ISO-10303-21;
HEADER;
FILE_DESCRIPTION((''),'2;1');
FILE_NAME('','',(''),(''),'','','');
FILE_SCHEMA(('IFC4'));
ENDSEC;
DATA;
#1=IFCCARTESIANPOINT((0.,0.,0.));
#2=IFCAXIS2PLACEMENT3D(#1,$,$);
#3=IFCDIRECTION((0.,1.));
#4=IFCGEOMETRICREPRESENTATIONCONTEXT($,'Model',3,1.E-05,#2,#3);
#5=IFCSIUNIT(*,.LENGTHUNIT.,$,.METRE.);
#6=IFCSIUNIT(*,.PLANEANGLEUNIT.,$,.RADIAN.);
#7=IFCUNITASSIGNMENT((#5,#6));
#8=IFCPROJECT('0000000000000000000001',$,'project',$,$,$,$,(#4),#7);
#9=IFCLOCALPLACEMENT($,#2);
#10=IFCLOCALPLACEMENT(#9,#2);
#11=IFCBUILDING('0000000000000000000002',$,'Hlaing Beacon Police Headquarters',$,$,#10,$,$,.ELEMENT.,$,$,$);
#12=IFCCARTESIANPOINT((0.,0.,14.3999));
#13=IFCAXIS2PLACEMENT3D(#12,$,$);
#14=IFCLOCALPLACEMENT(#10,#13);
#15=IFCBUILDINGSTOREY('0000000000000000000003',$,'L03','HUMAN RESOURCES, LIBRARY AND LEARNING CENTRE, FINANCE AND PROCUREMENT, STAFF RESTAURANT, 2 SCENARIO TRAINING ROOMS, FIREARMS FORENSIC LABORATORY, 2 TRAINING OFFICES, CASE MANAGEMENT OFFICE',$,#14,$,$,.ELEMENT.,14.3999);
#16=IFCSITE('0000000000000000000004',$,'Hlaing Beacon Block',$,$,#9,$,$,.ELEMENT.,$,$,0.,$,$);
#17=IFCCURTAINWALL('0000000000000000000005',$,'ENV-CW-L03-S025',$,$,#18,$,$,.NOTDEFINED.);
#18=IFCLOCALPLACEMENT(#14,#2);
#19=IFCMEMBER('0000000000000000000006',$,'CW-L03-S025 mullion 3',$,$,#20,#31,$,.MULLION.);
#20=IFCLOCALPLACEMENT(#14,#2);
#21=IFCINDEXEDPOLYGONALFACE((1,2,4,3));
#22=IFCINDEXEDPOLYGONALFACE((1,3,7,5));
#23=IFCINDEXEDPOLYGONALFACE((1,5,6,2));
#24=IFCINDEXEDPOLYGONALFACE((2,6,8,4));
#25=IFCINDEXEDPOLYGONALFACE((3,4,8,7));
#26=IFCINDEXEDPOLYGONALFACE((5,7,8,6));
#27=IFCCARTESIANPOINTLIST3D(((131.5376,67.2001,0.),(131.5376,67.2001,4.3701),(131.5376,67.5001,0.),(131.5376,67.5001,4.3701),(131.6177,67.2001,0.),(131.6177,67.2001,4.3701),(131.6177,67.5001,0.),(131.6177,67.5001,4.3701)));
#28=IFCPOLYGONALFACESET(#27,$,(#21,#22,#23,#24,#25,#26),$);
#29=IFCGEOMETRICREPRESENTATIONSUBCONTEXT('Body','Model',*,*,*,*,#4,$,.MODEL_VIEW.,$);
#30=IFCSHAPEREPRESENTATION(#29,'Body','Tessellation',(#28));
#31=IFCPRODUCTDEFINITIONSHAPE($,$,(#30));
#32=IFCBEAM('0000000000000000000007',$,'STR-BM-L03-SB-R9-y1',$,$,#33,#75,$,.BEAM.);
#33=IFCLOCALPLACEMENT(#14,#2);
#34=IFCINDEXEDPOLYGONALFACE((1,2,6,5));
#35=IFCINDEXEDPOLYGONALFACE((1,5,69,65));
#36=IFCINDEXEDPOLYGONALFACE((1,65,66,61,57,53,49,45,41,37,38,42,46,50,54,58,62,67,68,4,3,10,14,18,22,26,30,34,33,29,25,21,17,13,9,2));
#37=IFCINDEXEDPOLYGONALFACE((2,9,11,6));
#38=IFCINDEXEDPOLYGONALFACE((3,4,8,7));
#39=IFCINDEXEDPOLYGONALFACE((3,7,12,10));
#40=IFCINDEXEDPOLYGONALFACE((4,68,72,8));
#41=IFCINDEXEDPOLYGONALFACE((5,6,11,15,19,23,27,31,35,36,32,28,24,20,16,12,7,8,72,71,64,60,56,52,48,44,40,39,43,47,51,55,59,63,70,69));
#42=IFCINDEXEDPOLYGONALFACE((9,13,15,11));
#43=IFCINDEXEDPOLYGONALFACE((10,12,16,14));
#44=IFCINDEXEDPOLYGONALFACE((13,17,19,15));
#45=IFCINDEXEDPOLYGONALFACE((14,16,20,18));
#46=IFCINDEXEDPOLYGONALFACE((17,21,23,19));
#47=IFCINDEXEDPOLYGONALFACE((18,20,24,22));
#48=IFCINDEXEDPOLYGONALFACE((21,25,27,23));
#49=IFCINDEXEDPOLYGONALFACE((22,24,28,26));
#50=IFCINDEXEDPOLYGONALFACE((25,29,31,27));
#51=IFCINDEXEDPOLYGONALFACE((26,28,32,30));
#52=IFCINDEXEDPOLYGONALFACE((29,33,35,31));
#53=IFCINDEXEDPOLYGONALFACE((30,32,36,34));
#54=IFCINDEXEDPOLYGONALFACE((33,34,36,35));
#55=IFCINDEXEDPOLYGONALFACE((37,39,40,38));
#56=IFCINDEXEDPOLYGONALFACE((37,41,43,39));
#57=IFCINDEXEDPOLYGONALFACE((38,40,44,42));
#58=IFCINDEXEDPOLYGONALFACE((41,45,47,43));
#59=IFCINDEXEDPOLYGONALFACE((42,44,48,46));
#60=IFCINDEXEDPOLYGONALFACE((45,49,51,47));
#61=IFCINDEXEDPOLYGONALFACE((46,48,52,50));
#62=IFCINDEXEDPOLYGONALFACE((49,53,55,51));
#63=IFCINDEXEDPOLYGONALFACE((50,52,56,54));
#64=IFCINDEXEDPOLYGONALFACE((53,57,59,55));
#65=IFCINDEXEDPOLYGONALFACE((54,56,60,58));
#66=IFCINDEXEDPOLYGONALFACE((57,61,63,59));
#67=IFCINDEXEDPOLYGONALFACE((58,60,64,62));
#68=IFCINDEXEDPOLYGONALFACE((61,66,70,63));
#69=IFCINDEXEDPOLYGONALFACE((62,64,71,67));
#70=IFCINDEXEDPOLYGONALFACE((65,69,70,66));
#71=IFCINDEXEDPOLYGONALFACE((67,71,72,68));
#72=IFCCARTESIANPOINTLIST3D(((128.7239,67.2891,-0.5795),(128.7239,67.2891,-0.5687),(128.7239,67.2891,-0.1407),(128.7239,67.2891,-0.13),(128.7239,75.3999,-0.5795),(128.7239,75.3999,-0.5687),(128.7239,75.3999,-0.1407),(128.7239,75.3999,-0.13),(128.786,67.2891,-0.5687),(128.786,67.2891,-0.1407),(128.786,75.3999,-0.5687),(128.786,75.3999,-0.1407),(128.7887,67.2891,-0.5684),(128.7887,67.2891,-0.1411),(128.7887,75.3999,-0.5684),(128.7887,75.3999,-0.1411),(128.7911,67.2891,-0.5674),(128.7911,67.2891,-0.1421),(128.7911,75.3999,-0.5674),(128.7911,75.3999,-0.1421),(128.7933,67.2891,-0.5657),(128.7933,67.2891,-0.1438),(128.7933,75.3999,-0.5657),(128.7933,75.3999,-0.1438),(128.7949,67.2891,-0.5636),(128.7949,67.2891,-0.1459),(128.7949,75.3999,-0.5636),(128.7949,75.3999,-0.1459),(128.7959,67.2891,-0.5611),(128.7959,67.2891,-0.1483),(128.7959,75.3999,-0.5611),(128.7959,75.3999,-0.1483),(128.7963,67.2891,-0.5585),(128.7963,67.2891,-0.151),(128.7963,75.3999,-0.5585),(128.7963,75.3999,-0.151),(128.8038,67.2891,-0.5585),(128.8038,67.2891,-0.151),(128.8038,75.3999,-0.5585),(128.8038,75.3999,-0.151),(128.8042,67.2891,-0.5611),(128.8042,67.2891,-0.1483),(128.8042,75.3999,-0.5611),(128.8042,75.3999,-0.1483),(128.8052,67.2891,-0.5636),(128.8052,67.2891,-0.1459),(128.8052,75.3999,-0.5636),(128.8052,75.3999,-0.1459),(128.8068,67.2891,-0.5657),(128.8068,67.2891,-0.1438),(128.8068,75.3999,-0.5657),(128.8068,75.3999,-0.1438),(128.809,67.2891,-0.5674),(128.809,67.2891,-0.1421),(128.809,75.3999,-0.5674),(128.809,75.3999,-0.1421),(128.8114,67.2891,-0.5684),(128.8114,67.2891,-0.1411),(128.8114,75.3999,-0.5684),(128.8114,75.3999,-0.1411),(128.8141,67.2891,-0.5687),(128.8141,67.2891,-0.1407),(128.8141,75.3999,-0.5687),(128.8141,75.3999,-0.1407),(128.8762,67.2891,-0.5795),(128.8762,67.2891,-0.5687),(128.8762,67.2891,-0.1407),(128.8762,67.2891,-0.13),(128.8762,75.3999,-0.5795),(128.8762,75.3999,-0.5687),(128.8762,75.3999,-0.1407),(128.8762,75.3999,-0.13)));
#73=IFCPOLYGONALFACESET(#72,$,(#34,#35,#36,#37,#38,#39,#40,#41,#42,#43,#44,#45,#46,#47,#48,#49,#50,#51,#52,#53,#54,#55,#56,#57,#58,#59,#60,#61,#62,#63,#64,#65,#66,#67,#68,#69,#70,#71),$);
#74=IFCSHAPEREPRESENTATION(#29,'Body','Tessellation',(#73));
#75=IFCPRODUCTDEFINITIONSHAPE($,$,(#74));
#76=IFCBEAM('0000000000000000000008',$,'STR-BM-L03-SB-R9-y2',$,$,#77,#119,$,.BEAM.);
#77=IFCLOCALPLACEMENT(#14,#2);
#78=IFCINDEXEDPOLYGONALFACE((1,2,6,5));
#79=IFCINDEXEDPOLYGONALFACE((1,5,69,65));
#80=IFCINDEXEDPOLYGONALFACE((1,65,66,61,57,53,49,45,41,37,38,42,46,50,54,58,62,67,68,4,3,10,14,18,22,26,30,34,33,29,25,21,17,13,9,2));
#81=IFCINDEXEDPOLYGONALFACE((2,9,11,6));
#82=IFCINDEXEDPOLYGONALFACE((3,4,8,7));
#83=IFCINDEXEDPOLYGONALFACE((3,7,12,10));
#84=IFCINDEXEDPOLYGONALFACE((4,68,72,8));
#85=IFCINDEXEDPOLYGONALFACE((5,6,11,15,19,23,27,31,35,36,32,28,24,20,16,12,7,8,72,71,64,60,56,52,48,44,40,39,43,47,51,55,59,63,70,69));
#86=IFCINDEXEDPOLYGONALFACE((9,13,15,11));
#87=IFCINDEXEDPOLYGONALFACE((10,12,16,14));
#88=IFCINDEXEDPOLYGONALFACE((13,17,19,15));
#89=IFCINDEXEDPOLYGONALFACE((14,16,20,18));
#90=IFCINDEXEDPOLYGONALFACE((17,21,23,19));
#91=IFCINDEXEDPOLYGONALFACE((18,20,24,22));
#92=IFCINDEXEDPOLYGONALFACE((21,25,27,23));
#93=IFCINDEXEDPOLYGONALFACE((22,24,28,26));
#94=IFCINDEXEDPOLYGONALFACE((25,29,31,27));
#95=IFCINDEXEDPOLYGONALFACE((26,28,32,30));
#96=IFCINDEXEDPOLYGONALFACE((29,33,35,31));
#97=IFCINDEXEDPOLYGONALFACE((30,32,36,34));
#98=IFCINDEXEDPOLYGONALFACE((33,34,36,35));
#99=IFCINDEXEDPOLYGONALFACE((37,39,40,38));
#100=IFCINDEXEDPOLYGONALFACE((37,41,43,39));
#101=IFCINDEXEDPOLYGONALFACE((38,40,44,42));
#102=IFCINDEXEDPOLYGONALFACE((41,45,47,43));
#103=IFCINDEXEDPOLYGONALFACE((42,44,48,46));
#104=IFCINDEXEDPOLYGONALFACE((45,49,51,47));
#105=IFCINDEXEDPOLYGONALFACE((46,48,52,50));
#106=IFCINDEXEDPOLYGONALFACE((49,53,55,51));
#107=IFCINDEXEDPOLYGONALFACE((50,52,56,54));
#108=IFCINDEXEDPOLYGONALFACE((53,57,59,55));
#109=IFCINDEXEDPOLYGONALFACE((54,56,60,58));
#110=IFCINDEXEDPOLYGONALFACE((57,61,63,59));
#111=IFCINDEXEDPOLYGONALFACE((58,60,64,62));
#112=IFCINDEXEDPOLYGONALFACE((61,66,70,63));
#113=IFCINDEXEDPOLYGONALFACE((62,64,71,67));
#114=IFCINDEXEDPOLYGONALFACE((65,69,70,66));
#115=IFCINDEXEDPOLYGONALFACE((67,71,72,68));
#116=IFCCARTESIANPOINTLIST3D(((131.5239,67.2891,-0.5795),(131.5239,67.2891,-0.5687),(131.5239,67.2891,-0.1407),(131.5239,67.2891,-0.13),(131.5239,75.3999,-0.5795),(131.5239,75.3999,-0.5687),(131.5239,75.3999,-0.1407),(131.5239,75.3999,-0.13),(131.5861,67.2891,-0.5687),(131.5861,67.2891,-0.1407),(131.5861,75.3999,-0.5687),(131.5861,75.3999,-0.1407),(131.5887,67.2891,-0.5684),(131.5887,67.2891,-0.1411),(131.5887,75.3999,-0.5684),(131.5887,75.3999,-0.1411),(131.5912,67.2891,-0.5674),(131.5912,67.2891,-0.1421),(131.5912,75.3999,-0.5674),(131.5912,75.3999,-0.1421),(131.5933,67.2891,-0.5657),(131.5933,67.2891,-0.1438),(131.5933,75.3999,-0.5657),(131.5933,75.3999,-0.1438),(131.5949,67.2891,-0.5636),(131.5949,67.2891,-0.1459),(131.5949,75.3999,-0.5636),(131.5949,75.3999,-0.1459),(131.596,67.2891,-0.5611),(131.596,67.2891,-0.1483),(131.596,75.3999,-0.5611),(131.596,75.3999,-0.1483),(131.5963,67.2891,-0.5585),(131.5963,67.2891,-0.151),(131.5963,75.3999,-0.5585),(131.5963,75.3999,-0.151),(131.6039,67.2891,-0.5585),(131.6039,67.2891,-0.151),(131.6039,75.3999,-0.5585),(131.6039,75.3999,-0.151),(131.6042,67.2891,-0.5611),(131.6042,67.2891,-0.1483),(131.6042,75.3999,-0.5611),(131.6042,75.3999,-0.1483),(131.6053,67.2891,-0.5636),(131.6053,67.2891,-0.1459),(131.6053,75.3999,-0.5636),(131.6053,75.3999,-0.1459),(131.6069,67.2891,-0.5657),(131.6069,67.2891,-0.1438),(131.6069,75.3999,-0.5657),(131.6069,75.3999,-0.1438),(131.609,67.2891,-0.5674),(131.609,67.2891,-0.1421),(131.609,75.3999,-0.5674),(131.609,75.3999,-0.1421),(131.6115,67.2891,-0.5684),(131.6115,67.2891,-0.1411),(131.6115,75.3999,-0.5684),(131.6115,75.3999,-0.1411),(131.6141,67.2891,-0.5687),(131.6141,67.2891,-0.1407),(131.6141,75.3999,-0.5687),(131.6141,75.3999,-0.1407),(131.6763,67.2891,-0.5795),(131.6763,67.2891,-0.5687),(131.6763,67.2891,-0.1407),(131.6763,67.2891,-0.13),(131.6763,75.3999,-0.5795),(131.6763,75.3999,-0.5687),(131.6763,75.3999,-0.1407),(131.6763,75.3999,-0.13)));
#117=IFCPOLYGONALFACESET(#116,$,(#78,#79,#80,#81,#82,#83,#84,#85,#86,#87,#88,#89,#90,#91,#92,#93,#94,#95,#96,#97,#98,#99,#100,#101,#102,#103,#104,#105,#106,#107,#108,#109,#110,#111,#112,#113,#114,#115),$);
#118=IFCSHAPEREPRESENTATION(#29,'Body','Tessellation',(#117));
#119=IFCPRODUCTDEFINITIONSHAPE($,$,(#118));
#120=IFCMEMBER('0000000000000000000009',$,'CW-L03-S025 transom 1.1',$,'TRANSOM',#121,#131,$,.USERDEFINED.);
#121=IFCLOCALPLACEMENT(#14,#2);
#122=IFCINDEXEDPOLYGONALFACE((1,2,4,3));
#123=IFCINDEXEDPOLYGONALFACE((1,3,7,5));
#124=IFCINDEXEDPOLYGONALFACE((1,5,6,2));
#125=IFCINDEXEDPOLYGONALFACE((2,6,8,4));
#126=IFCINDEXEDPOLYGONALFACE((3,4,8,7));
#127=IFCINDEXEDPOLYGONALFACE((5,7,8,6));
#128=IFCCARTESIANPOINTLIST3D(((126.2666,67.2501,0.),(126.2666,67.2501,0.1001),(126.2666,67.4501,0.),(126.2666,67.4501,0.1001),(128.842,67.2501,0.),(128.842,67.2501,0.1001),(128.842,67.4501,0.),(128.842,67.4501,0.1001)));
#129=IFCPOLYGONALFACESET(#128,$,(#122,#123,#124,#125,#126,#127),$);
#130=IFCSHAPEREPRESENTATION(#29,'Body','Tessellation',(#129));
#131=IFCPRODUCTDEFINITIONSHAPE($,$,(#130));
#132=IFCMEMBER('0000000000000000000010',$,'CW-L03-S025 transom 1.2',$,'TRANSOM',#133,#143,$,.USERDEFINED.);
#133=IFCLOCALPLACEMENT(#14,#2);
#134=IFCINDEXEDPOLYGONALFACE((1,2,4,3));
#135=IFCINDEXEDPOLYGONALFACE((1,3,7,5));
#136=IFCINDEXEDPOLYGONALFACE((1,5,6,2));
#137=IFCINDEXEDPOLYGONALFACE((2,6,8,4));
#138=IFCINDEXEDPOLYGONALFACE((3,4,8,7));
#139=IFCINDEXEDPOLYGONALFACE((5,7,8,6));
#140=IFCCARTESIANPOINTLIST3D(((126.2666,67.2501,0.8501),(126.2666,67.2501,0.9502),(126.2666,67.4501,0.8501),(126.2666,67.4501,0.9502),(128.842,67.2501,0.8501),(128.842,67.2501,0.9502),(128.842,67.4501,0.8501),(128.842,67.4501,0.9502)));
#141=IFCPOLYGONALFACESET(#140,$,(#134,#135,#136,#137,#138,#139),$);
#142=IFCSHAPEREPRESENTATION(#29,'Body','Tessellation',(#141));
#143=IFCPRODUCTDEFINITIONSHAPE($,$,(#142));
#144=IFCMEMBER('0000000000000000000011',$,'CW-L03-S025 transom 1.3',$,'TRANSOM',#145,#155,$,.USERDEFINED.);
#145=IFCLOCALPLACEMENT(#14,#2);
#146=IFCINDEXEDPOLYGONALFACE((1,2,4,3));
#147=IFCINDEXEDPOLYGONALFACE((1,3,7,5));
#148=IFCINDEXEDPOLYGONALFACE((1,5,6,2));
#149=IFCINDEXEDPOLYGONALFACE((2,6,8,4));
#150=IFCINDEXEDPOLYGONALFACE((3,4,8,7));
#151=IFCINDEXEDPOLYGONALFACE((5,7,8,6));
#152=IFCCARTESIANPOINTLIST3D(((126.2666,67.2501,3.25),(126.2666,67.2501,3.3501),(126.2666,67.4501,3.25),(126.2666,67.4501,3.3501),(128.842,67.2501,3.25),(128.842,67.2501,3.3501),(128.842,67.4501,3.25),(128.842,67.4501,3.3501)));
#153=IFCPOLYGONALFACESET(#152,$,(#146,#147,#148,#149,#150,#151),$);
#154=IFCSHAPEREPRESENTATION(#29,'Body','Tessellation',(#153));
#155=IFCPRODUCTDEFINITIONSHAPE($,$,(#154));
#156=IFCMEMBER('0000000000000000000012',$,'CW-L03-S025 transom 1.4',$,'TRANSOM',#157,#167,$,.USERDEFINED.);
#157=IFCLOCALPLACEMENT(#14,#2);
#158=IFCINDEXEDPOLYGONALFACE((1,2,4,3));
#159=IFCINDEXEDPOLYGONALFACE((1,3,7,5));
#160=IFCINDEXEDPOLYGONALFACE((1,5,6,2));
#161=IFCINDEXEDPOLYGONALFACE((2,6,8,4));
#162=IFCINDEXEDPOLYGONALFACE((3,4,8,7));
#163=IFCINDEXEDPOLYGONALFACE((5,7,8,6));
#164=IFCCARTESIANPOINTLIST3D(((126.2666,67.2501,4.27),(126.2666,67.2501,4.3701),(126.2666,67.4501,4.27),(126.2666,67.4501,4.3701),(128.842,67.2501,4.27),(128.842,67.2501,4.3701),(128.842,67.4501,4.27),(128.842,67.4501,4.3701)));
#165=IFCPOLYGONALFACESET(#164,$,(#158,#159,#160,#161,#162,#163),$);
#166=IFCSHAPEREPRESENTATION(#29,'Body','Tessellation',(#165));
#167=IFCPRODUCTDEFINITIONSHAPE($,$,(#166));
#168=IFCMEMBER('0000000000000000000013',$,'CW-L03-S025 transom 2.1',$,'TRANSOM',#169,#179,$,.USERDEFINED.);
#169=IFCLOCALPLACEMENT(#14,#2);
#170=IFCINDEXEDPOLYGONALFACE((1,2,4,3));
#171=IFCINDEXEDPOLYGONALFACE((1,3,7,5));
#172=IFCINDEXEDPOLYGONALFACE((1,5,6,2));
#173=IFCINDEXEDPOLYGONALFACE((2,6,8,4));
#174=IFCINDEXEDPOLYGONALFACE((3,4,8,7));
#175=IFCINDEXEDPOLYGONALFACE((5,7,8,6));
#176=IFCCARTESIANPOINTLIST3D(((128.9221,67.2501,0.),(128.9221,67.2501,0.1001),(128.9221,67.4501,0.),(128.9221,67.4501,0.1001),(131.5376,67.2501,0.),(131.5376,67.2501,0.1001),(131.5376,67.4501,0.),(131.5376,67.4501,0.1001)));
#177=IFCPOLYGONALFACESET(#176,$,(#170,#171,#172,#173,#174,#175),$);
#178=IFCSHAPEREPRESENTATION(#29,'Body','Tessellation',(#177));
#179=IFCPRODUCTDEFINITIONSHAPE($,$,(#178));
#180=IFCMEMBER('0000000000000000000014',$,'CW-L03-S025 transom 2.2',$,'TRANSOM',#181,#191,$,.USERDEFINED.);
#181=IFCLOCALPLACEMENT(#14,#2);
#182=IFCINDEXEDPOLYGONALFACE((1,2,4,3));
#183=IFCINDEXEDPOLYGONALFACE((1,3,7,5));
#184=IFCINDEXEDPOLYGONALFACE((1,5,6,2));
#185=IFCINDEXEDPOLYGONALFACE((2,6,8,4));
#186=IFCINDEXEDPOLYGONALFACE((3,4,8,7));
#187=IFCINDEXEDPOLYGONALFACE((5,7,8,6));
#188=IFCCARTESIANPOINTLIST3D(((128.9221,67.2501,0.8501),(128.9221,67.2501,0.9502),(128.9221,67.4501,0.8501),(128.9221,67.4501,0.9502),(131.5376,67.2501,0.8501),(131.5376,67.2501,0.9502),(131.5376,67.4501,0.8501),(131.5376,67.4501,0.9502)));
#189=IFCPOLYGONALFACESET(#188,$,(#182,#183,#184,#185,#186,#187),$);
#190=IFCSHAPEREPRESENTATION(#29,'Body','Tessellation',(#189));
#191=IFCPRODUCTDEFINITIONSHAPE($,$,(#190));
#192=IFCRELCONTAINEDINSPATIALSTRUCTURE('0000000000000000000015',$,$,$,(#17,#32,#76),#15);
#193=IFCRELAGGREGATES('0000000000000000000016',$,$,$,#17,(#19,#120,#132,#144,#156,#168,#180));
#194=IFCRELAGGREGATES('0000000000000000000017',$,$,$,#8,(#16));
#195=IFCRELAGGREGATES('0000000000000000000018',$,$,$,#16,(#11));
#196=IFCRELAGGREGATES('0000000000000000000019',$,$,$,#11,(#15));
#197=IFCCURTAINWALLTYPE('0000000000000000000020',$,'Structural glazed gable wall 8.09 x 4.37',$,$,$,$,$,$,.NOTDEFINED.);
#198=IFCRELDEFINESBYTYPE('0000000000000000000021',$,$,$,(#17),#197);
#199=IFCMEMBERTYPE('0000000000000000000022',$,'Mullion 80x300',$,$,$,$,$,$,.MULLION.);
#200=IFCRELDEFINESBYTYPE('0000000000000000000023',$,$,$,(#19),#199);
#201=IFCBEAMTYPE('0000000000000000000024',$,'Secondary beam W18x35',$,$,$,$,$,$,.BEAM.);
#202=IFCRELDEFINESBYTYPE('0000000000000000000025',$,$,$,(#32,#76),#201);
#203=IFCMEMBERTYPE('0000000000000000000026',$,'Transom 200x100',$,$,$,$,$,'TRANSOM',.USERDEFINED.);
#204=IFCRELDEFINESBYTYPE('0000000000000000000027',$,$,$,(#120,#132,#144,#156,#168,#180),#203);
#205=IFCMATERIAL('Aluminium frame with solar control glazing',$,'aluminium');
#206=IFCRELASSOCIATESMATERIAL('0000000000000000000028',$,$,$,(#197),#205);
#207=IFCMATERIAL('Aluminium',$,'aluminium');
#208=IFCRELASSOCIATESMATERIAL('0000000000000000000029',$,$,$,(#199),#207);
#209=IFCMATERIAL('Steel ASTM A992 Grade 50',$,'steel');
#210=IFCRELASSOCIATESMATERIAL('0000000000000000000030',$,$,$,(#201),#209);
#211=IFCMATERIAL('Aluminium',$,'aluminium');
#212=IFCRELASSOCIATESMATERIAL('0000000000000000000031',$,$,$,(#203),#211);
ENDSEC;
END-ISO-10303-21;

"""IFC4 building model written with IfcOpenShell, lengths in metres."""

from ifc_helpers import new_model, si_unit, direction, frame, origin, origin_2d, place, context, subcontext, project, spatial, rectangle, i_section, extrude, material, material_profile, profile_set, type_object, element, aggregate, save


model = new_model("IFC4")

# Units and contexts
model_context = context("Model", 3, precision=1e-05, world=origin(), true_north=direction((0.0, 1.0)))
body_context = subcontext(model_context, "Body", "Model", "MODEL_VIEW")
ifc_project = project(units=[si_unit("LENGTHUNIT", "METRE"), si_unit("PLANEANGLEUNIT", "RADIAN")], contexts=[model_context])

# Site, building, storey
site_placement = place(None, origin())
site = spatial("IfcSite", under=ifc_project, at=site_placement, Name="Hlaing Beacon Block", CompositionType="ELEMENT", RefElevation=0.0)
building_placement = place(site_placement, origin())
building = spatial("IfcBuilding", under=site, at=building_placement, Name="Hlaing Beacon Police Headquarters", CompositionType="ELEMENT")
storey_placement = place(building_placement, frame((0.0, 0.0, 14.3999)))
storey = spatial("IfcBuildingStorey", under=building, at=storey_placement, Name="L03", Description="HUMAN RESOURCES, LIBRARY AND LEARNING CENTRE, FINANCE AND PROCUREMENT, STAFF RESTAURANT, 2 SCENARIO TRAINING ROOMS, FIREARMS FORENSIC LABORATORY, 2 TRAINING OFFICES, CASE MANAGEMENT OFFICE", CompositionType="ELEMENT", Elevation=14.3999)

# Curtain wall, member
ifc_material_1 = material(Name="Aluminium frame with solar control glazing", Category="aluminium")
curtain_wall_type_1 = type_object("IfcCurtainWallType", Name="Structural glazed gable wall 8.09 x 4.37", PredefinedType="NOTDEFINED", material=ifc_material_1)
curtain_wall_1_placement = place(storey_placement, origin())
curtain_wall_1 = element("IfcCurtainWall", 1, at=curtain_wall_1_placement, inside=storey, type_object=curtain_wall_type_1, Name="ENV-CW-L03-S025", PredefinedType="NOTDEFINED")
ifc_material_2 = material(Name="Aluminium", Category="aluminium")
ifc_material_profile_1 = material_profile(ifc_material_2, rectangle(XDim=0.3, YDim=0.0801, at=origin_2d()), Name="Mullion 80x300")
ifc_profile_set_1 = profile_set([ifc_material_profile_1], Name="Aluminium")
member_type_1 = type_object("IfcMemberType", Name="Mullion 80x300", PredefinedType="MULLION", material=ifc_profile_set_1)
member_1_placement = place(storey_placement, frame((131.5776, 67.3501, 0.0), z_axis=(0.0, 0.0, 1.0), x_axis=(0.0, 1.0, 0.0)))
member_1 = element("IfcMember", 2, at=member_1_placement, type_object=member_type_1, Name="CW-L03-S025 mullion 3", PredefinedType="MULLION", context=body_context, shape_type="SweptSolid", body=[
    extrude(rectangle(XDim=0.3, YDim=0.0801, at=origin_2d()), origin(), (0.0, 0.0, 1.0), 4.3701),
])

# Beams
ifc_material_3 = material(Name="Steel ASTM A992 Grade 50", Category="steel")
ifc_material_profile_2 = material_profile(ifc_material_3, i_section(OverallWidth=0.1523, OverallDepth=0.4495, WebThickness=0.0076, FlangeThickness=0.0107, FilletRadius=0.0103, at=origin_2d()), Name="W18x35")
ifc_profile_set_2 = profile_set([ifc_material_profile_2], Name="Steel ASTM A992 Grade 50")
beam_type_1 = type_object("IfcBeamType", Name="Secondary beam W18x35", PredefinedType="BEAM", material=ifc_profile_set_2)
for number, where, z_axis, x_axis, name in (
    (3, (128.8, 67.2891, -0.3547), (0.0, 1.0, 0.0), (-1.0, 0.0, 0.0), "STR-BM-L03-SB-R9-y1"),
    (4, (131.6001, 67.2891, -0.3547), (0.0, 1.0, 0.0), (-1.0, 0.0, 0.0), "STR-BM-L03-SB-R9-y2"),
):
    element("IfcBeam", number, at=place(storey_placement, frame(where, z_axis=z_axis, x_axis=x_axis)), inside=storey, type_object=beam_type_1, Name=name, PredefinedType="BEAM", context=body_context, shape_type="SweptSolid", body=[
        extrude(i_section(OverallWidth=0.1523, OverallDepth=0.4495, WebThickness=0.0076, FlangeThickness=0.0107, FilletRadius=0.0103, at=origin_2d()), origin(), (0.0, 0.0, 1.0), 8.1108),
    ])

# Members
ifc_material_4 = material(Name="Aluminium", Category="aluminium")
ifc_material_profile_3 = material_profile(ifc_material_4, rectangle(XDim=0.2, YDim=0.1001, at=origin_2d()), Name="Transom 200x100")
ifc_profile_set_3 = profile_set([ifc_material_profile_3], Name="Aluminium")
member_type_2 = type_object("IfcMemberType", Name="Transom 200x100", ElementType="TRANSOM", PredefinedType="USERDEFINED", material=ifc_profile_set_3)
member_2_placement = place(storey_placement, frame((126.2666, 67.3501, 0.05), z_axis=(1.0, 0.0, 0.0), x_axis=(0.0, 1.0, 0.0)))
member_2 = element("IfcMember", 5, at=member_2_placement, type_object=member_type_2, Name="CW-L03-S025 transom 1.1", ObjectType="TRANSOM", PredefinedType="USERDEFINED", context=body_context, shape_type="SweptSolid", body=[
    extrude(rectangle(XDim=0.2, YDim=0.1001, at=origin_2d()), origin(), (0.0, 0.0, 1.0), 2.5754),
])
member_3_placement = place(storey_placement, frame((126.2666, 67.3501, 0.9001), z_axis=(1.0, 0.0, 0.0), x_axis=(0.0, 1.0, 0.0)))
member_3 = element("IfcMember", 6, at=member_3_placement, type_object=member_type_2, Name="CW-L03-S025 transom 1.2", ObjectType="TRANSOM", PredefinedType="USERDEFINED", context=body_context, shape_type="SweptSolid", body=[
    extrude(rectangle(XDim=0.2, YDim=0.1001, at=origin_2d()), origin(), (0.0, 0.0, 1.0), 2.5754),
])
member_4_placement = place(storey_placement, frame((126.2666, 67.3501, 3.3), z_axis=(1.0, 0.0, 0.0), x_axis=(0.0, 1.0, 0.0)))
member_4 = element("IfcMember", 7, at=member_4_placement, type_object=member_type_2, Name="CW-L03-S025 transom 1.3", ObjectType="TRANSOM", PredefinedType="USERDEFINED", context=body_context, shape_type="SweptSolid", body=[
    extrude(rectangle(XDim=0.2, YDim=0.1001, at=origin_2d()), origin(), (0.0, 0.0, 1.0), 2.5754),
])
member_5_placement = place(storey_placement, frame((126.2666, 67.3501, 4.3201), z_axis=(1.0, 0.0, 0.0), x_axis=(0.0, 1.0, 0.0)))
member_5 = element("IfcMember", 8, at=member_5_placement, type_object=member_type_2, Name="CW-L03-S025 transom 1.4", ObjectType="TRANSOM", PredefinedType="USERDEFINED", context=body_context, shape_type="SweptSolid", body=[
    extrude(rectangle(XDim=0.2, YDim=0.1001, at=origin_2d()), origin(), (0.0, 0.0, 1.0), 2.5754),
])
member_6_placement = place(storey_placement, frame((128.9221, 67.3501, 0.05), z_axis=(1.0, 0.0, 0.0), x_axis=(0.0, 1.0, 0.0)))
member_6 = element("IfcMember", 9, at=member_6_placement, type_object=member_type_2, Name="CW-L03-S025 transom 2.1", ObjectType="TRANSOM", PredefinedType="USERDEFINED", context=body_context, shape_type="SweptSolid", body=[
    extrude(rectangle(XDim=0.2, YDim=0.1001, at=origin_2d()), origin(), (0.0, 0.0, 1.0), 2.6155),
])
member_7_placement = place(storey_placement, frame((128.9221, 67.3501, 0.9001), z_axis=(1.0, 0.0, 0.0), x_axis=(0.0, 1.0, 0.0)))
member_7 = element("IfcMember", 10, at=member_7_placement, type_object=member_type_2, Name="CW-L03-S025 transom 2.2", ObjectType="TRANSOM", PredefinedType="USERDEFINED", context=body_context, shape_type="SweptSolid", body=[
    extrude(rectangle(XDim=0.2, YDim=0.1001, at=origin_2d()), origin(), (0.0, 0.0, 1.0), 2.6155),
])

aggregate(curtain_wall_1, [member_1, member_2, member_3, member_4, member_5, member_6, member_7])

save(model, "model.ifc")
